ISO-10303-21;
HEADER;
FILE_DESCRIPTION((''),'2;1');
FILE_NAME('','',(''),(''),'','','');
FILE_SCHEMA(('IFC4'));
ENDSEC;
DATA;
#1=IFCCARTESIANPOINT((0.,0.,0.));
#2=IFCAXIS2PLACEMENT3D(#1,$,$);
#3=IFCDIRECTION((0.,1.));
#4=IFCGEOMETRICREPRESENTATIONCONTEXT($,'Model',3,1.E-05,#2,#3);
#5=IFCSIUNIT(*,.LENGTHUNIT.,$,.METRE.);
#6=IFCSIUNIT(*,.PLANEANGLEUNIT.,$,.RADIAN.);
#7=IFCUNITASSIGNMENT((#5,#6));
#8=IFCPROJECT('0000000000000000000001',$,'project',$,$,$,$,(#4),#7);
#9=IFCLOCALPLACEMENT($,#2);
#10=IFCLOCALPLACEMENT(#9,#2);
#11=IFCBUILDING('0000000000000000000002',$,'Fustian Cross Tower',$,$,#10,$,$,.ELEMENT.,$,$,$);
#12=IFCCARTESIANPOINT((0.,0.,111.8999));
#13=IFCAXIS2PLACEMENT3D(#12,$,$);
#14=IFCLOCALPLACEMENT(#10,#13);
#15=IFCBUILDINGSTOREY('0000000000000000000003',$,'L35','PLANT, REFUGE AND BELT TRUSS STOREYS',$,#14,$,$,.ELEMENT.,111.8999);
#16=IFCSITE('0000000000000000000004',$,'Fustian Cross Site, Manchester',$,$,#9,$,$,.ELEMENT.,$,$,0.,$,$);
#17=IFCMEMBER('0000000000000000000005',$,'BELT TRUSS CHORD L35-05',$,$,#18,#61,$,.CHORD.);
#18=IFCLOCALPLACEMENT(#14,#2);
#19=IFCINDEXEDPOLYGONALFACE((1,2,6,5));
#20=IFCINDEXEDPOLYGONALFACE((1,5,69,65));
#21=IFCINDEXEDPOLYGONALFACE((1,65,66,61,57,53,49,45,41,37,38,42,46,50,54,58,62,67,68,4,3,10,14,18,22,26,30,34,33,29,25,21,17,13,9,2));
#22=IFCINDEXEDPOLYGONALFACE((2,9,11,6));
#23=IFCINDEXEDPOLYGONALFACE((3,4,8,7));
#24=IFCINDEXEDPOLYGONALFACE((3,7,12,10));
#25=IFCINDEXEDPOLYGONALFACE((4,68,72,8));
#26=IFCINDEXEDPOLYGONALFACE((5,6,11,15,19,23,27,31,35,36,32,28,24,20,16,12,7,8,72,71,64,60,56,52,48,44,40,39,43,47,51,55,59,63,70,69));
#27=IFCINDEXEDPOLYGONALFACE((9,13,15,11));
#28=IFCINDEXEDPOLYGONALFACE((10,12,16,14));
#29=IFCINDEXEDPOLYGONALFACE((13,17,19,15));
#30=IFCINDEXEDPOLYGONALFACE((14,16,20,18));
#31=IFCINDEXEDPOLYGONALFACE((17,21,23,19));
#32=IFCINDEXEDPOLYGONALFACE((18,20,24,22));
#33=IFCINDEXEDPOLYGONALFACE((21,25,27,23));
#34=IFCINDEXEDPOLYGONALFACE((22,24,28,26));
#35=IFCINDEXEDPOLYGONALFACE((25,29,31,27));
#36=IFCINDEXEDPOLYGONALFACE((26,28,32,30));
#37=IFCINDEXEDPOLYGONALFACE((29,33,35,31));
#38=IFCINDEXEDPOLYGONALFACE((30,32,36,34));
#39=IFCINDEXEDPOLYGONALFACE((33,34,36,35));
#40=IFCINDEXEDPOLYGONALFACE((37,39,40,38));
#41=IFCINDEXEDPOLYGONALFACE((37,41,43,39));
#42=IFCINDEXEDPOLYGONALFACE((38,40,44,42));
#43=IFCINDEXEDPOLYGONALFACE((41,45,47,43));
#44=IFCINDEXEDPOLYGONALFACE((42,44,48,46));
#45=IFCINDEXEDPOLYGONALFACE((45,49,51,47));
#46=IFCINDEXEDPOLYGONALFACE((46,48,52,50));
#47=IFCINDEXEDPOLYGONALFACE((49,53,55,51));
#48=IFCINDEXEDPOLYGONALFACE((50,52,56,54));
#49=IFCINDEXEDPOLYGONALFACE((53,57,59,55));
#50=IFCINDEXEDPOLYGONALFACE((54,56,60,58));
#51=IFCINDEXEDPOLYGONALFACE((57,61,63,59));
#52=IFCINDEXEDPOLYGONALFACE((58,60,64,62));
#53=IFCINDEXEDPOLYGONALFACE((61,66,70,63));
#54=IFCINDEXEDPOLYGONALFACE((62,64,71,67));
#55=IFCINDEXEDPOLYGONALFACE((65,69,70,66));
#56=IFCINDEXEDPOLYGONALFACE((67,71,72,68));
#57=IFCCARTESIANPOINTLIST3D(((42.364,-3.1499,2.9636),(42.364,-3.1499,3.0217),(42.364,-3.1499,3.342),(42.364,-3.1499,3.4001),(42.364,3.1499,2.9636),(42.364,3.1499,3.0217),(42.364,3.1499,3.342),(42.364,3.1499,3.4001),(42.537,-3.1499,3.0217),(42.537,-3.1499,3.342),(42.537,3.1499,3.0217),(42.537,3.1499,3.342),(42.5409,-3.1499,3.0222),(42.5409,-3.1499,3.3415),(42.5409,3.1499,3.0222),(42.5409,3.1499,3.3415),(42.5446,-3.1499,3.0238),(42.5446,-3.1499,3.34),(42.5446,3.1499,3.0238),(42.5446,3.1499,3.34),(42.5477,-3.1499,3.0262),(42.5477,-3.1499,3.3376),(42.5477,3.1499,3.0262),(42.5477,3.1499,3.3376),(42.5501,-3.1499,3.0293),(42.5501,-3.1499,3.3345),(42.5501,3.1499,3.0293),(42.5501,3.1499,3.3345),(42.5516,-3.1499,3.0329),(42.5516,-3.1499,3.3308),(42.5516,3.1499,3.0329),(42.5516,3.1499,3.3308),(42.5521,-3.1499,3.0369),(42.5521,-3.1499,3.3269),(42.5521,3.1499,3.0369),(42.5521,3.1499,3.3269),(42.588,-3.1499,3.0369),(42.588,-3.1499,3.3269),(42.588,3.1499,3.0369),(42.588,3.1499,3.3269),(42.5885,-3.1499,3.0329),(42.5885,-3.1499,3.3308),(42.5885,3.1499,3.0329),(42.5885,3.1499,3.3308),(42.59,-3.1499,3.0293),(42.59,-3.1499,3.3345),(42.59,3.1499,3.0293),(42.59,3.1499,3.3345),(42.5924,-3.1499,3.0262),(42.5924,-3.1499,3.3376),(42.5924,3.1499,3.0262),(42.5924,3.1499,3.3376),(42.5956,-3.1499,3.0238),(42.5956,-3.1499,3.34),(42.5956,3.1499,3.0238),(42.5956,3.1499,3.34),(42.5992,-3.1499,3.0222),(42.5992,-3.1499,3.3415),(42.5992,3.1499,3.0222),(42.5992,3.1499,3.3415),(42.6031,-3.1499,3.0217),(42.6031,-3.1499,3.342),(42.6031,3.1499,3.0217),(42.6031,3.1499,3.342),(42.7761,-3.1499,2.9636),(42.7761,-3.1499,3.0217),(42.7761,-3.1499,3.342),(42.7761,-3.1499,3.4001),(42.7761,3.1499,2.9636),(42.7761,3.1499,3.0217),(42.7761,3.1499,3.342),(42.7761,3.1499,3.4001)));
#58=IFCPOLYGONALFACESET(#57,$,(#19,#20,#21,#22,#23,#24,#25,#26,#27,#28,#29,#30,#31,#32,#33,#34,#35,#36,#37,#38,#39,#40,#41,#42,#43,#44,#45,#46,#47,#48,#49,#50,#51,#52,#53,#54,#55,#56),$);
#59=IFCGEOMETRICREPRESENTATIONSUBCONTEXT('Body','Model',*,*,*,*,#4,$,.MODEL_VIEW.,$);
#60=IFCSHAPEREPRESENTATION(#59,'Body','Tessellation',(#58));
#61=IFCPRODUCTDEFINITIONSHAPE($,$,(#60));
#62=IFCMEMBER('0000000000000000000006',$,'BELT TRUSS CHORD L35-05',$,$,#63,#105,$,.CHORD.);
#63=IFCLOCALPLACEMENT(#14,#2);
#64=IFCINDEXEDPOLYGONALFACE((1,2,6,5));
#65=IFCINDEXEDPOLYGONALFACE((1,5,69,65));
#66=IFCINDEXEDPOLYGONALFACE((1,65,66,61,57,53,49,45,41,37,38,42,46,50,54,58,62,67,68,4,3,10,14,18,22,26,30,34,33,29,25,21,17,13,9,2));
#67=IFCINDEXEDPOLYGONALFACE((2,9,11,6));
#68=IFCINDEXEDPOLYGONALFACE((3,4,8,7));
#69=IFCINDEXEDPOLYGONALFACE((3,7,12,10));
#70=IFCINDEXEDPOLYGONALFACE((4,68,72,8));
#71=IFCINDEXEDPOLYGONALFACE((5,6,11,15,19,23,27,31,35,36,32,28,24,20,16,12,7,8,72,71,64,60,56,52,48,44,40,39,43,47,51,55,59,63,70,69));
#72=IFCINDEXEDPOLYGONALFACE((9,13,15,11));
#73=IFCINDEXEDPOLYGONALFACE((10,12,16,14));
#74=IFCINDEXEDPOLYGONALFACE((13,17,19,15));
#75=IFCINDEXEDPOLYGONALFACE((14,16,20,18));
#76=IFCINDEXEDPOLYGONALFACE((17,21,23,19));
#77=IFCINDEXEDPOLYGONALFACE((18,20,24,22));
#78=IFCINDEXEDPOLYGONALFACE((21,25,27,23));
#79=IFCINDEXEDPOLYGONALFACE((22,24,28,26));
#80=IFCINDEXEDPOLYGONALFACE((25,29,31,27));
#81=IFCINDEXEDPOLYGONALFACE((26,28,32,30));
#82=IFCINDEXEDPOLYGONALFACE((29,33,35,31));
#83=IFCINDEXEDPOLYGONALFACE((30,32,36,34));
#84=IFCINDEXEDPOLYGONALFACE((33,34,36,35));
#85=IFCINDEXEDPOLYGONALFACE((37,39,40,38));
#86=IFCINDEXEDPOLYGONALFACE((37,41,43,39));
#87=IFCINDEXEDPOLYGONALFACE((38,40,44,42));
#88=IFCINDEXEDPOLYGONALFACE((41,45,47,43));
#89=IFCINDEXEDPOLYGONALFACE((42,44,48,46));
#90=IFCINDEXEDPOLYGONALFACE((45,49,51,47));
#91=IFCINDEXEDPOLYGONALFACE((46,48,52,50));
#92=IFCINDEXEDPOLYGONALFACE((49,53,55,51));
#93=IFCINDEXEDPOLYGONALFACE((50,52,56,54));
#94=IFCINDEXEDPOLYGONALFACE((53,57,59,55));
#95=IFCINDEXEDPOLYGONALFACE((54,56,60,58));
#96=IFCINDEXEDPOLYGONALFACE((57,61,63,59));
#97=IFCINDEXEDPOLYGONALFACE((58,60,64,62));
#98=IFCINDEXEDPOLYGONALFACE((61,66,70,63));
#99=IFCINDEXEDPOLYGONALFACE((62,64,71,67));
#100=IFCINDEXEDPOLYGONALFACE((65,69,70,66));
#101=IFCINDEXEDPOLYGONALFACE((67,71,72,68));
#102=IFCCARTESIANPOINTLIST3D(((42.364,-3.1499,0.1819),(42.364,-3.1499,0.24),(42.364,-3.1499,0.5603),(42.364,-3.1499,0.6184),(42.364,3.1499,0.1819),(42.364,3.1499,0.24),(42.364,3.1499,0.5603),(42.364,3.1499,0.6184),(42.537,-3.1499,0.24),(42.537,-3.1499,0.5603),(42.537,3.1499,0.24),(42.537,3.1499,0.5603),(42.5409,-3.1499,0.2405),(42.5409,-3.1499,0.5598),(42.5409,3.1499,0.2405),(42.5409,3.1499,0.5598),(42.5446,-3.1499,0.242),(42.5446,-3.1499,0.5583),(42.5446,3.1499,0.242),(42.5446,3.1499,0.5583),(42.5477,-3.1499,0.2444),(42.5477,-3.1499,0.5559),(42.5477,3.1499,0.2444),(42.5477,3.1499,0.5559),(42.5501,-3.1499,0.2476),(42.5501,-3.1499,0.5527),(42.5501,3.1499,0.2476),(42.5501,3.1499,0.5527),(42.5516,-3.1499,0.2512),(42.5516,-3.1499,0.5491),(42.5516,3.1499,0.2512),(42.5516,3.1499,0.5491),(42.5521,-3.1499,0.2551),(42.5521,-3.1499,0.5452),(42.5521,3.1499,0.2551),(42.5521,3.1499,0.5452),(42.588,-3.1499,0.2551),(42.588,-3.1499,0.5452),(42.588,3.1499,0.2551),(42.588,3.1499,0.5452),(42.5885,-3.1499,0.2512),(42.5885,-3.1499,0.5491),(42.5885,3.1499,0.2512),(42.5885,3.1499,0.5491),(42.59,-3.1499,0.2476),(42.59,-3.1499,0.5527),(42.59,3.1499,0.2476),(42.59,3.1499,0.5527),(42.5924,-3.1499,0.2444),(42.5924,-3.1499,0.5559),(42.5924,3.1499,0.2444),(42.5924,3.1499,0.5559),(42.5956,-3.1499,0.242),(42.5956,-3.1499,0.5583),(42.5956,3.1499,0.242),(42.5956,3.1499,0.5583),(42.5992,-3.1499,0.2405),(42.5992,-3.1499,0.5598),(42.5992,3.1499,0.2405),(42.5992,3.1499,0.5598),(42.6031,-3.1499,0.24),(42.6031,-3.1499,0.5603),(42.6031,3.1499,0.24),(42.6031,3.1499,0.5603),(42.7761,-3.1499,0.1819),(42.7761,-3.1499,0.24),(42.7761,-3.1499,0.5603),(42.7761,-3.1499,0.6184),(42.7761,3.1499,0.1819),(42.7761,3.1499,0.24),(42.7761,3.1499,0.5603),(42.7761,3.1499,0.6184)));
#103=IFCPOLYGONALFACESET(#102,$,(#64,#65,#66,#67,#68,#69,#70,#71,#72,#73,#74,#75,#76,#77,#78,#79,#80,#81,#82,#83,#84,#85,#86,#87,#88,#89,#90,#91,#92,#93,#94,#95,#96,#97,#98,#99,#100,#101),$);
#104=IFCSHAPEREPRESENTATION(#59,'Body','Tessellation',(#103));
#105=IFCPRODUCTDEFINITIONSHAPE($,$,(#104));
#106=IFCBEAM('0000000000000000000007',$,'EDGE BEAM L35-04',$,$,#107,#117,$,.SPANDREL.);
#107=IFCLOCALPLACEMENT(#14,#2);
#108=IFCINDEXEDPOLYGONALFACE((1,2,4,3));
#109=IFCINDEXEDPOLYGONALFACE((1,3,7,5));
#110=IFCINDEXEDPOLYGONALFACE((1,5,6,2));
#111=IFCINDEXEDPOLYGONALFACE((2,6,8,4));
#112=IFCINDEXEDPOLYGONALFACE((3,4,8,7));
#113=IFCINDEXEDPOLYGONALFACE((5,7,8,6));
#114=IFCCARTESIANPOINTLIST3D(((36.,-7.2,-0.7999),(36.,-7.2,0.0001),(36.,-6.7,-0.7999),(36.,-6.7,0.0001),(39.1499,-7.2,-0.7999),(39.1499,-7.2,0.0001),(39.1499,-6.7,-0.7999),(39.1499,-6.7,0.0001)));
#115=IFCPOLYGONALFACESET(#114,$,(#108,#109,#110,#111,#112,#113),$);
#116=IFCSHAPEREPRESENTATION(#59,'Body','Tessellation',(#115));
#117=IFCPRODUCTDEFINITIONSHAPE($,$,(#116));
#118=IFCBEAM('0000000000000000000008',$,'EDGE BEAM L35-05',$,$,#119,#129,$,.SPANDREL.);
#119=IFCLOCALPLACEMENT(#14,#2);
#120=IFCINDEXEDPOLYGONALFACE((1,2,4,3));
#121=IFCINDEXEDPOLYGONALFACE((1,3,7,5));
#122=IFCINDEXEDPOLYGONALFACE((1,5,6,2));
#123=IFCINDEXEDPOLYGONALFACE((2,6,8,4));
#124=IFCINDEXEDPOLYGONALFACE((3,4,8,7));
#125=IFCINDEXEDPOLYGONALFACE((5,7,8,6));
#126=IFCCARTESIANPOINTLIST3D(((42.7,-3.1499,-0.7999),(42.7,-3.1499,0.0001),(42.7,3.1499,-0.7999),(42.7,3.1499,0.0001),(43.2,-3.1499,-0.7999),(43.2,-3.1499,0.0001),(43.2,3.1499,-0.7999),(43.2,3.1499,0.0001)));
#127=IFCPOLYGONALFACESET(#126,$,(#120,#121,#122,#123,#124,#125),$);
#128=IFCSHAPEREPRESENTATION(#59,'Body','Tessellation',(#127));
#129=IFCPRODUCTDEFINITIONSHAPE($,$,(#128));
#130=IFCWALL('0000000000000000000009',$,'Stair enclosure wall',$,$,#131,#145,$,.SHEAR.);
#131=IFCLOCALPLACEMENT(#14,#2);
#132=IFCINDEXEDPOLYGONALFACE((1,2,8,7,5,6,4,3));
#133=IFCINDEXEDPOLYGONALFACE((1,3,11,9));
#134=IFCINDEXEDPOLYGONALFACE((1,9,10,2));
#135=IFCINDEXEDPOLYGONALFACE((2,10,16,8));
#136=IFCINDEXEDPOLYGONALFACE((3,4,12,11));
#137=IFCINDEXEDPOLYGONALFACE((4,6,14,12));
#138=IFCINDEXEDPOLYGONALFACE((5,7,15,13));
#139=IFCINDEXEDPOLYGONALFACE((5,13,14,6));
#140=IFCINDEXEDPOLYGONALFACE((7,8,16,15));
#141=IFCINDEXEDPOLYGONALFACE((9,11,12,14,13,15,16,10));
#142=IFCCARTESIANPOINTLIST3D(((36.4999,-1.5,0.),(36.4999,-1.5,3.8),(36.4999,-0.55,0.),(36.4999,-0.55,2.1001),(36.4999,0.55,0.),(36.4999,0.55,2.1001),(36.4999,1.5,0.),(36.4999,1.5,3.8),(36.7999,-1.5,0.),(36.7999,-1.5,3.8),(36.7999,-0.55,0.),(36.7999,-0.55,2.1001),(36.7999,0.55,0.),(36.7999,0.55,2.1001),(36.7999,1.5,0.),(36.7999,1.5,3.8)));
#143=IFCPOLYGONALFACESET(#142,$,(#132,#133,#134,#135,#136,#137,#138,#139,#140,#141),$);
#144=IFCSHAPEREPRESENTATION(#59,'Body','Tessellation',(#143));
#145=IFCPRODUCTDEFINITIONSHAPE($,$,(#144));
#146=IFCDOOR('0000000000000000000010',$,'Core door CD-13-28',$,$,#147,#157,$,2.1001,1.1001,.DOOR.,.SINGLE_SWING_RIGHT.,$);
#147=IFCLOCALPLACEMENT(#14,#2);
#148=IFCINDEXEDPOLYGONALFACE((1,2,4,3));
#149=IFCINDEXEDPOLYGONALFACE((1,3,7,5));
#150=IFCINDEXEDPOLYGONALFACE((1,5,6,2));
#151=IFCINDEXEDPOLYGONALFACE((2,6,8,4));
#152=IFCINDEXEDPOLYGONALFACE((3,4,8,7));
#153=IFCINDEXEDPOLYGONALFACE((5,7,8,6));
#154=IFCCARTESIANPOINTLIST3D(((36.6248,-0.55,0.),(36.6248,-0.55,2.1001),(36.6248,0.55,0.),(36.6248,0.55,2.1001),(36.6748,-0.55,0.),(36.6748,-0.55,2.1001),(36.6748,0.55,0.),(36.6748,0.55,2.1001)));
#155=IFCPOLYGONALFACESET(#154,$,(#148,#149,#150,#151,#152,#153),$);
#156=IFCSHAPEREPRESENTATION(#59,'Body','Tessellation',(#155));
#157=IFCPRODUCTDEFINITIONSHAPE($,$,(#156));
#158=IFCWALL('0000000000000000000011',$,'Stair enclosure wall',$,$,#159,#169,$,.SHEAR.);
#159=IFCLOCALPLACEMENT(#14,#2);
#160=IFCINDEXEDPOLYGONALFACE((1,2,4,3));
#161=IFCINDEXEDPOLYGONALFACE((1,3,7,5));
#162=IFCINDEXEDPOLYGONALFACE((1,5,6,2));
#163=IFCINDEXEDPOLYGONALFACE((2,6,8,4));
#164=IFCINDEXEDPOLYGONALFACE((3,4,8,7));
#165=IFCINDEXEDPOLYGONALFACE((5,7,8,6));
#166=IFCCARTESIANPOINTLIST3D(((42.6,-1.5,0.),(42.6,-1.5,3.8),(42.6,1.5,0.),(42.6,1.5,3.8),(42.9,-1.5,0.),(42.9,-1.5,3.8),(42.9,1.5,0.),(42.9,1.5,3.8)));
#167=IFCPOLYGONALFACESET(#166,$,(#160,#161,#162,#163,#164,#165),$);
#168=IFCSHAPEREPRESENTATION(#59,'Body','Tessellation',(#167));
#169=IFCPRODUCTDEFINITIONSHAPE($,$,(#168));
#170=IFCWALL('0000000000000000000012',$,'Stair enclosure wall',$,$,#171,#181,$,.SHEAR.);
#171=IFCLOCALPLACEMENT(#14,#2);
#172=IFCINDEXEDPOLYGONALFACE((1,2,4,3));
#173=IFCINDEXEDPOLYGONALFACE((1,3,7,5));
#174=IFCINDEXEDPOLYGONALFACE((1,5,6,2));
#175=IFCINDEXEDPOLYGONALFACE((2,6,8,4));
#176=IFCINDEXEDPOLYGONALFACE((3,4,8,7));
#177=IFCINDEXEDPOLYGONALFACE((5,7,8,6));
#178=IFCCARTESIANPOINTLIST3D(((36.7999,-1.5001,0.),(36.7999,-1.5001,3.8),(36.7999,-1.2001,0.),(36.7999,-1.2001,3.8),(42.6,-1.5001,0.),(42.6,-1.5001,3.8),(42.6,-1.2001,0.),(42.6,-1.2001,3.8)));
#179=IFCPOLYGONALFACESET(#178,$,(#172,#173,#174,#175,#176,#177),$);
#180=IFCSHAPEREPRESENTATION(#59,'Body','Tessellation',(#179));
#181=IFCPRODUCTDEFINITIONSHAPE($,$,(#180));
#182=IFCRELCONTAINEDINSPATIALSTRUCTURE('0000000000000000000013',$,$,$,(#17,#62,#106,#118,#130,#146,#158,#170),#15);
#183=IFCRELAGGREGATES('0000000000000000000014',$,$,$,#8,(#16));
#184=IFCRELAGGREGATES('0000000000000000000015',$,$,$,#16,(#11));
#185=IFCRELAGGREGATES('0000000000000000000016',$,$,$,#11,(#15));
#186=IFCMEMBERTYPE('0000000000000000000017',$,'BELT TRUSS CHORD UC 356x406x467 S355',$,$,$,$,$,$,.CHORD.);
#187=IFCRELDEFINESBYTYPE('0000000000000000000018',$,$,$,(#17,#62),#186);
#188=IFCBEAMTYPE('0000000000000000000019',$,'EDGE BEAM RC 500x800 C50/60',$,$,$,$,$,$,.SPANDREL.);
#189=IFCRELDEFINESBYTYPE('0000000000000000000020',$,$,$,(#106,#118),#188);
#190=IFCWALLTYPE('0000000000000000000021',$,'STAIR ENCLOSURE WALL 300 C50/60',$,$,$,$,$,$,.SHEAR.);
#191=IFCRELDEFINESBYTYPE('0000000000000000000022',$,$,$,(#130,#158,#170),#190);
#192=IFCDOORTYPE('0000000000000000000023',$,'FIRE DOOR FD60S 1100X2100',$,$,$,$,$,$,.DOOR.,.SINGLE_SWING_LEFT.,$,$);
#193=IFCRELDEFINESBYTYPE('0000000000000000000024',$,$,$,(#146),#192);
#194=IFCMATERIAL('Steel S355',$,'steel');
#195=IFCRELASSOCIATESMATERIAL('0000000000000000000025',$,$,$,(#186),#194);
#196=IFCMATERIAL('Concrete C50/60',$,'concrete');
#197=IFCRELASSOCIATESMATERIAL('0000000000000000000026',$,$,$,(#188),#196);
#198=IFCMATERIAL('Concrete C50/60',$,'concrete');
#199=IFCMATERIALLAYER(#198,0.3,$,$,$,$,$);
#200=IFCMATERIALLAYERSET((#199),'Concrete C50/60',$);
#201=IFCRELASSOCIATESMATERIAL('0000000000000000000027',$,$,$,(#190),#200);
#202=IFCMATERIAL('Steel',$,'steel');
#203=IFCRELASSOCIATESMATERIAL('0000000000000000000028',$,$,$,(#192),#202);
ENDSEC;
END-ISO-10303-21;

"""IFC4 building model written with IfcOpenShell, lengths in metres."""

from ifc_helpers import new_model, si_unit, direction, frame, frame_2d, origin, origin_2d, place, context, subcontext, project, spatial, rectangle, i_section, extrude, material, layer, layer_set, material_profile, profile_set, type_object, element, fill, save


model = new_model("IFC4")

# Units and contexts
model_context = context("Model", 3, precision=1e-05, world=origin(), true_north=direction((0.0, 1.0)))
body_context = subcontext(model_context, "Body", "Model", "MODEL_VIEW")
ifc_project = project(units=[si_unit("LENGTHUNIT", "METRE"), si_unit("PLANEANGLEUNIT", "RADIAN")], contexts=[model_context])

# Site, building, storey
site_placement = place(None, origin())
site = spatial("IfcSite", under=ifc_project, at=site_placement, Name="Fustian Cross Site, Manchester", CompositionType="ELEMENT", RefElevation=0.0)
building_placement = place(site_placement, origin())
building = spatial("IfcBuilding", under=site, at=building_placement, Name="Fustian Cross Tower", CompositionType="ELEMENT")
storey_placement = place(building_placement, frame((0.0, 0.0, 111.8999)))
storey = spatial("IfcBuildingStorey", under=building, at=storey_placement, Name="L35", Description="PLANT, REFUGE AND BELT TRUSS STOREYS", CompositionType="ELEMENT", Elevation=111.8999)

# Members
ifc_material_1 = material(Name="Steel S355", Category="steel")
ifc_material_profile_1 = material_profile(ifc_material_1, i_section(OverallWidth=0.4121, OverallDepth=0.4365, WebThickness=0.0359, FlangeThickness=0.0581, FilletRadius=0.0151, at=origin_2d()), Name="UC 356x406x467")
ifc_profile_set_1 = profile_set([ifc_material_profile_1], Name="Steel S355")
member_type_1 = type_object("IfcMemberType", Name="BELT TRUSS CHORD UC 356x406x467 S355", PredefinedType="CHORD", material=ifc_profile_set_1)
for number, where, z_axis, x_axis, name in (
    (1, (42.5701, -3.1499, 3.1819), (0.0, 1.0, 0.0), (-1.0, 0.0, 0.0), "BELT TRUSS CHORD L35-05"),
    (2, (42.5701, -3.1499, 0.4001), (0.0, 1.0, 0.0), (-1.0, 0.0, 0.0), "BELT TRUSS CHORD L35-05"),
):
    element("IfcMember", number, at=place(storey_placement, frame(where, z_axis=z_axis, x_axis=x_axis)), inside=storey, type_object=member_type_1, Name=name, PredefinedType="CHORD", context=body_context, shape_type="SweptSolid", body=[
        extrude(i_section(OverallWidth=0.4121, OverallDepth=0.4365, WebThickness=0.0359, FlangeThickness=0.0581, FilletRadius=0.0151, at=origin_2d()), origin(), (0.0, 0.0, 1.0), 6.2998),
    ])

# Beams
ifc_material_2 = material(Name="Concrete C50/60", Category="concrete")
ifc_material_profile_2 = material_profile(ifc_material_2, rectangle(XDim=0.5, YDim=0.8, at=origin_2d()), Name="RC 500x800")
ifc_profile_set_2 = profile_set([ifc_material_profile_2], Name="Concrete C50/60")
beam_type = type_object("IfcBeamType", Name="EDGE BEAM RC 500x800 C50/60", PredefinedType="SPANDREL", material=ifc_profile_set_2)
beam_1_placement = place(storey_placement, frame((36.0, -6.95, -0.3999), z_axis=(1.0, 0.0, 0.0), x_axis=(0.0, 1.0, 0.0)))
element("IfcBeam", 3, at=beam_1_placement, inside=storey, type_object=beam_type, Name="EDGE BEAM L35-04", PredefinedType="SPANDREL", context=body_context, shape_type="SweptSolid", body=[
    extrude(rectangle(XDim=0.5, YDim=0.8, at=origin_2d()), origin(), (0.0, 0.0, 1.0), 3.1499),
])
beam_2_placement = place(storey_placement, frame((42.95, -3.1499, -0.3999), z_axis=(0.0, 1.0, 0.0), x_axis=(-1.0, 0.0, 0.0)))
element("IfcBeam", 4, at=beam_2_placement, inside=storey, type_object=beam_type, Name="EDGE BEAM L35-05", PredefinedType="SPANDREL", context=body_context, shape_type="SweptSolid", body=[
    extrude(rectangle(XDim=0.5, YDim=0.8, at=origin_2d()), origin(), (0.0, 0.0, 1.0), 6.2998),
])

# Wall, opening, door
ifc_material_3 = material(Name="Concrete C50/60", Category="concrete")
ifc_layer_1 = layer(ifc_material_3, 0.3)
ifc_layer_set_1 = layer_set([ifc_layer_1], Name="Concrete C50/60")
wall_type_1 = type_object("IfcWallType", Name="STAIR ENCLOSURE WALL 300 C50/60", PredefinedType="SHEAR", material=ifc_layer_set_1)
wall_1_placement = place(storey_placement, frame((36.6499, -1.5, 0.0), z_axis=(0.0, 0.0, 1.0), x_axis=(0.0, 1.0, 0.0)))
wall_1 = element("IfcWall", 5, at=wall_1_placement, inside=storey, type_object=wall_type_1, Name="Stair enclosure wall", PredefinedType="SHEAR", context=body_context, shape_type="SweptSolid", body=[
    extrude(rectangle(XDim=3.0, YDim=0.3, at=frame_2d((1.5, 0.0))), origin(), (0.0, 0.0, 1.0), 3.8),
])
opening_placement = place(wall_1_placement, frame((0.95, 0.0, 0.0)))
opening = element("IfcOpeningElement", 6, at=opening_placement, cuts=wall_1, PredefinedType="OPENING", context=body_context, shape_type="SweptSolid", body=[
    extrude(rectangle(XDim=1.1001, YDim=2.1001, at=frame_2d((0.55, 1.05))), frame((0.0, 0.1599, 0.0), z_axis=(0.0, -1.0, 0.0), x_axis=(1.0, 0.0, 0.0)), (0.0, 0.0, 1.0), 0.3201),
])
ifc_material_4 = material(Name="Steel", Category="steel")
door_type = type_object("IfcDoorType", Name="FIRE DOOR FD60S 1100X2100", OperationType="SINGLE_SWING_LEFT", PredefinedType="DOOR", material=ifc_material_4)
door_placement = place(opening_placement, frame((1.1001, 0.0, 0.0), z_axis=(0.0, 0.0, 1.0), x_axis=(-1.0, 0.0, 0.0)))
door = element("IfcDoor", 7, at=door_placement, inside=storey, type_object=door_type, Name="Core door CD-13-28", OperationType="SINGLE_SWING_RIGHT", OverallHeight=2.1001, OverallWidth=1.1001, PredefinedType="DOOR", context=body_context, shape_type="SweptSolid", body=[
    extrude(rectangle(XDim=1.1001, YDim=2.1001, at=frame_2d((0.55, 1.05))), frame((0.0, 0.0249, 0.0), z_axis=(0.0, -1.0, 0.0), x_axis=(1.0, 0.0, 0.0)), (0.0, 0.0, 1.0), 0.05),
])
fill(opening, door)

# Walls
wall_2_placement = place(storey_placement, frame((42.75, -1.5, 0.0), z_axis=(0.0, 0.0, 1.0), x_axis=(0.0, 1.0, 0.0)))
element("IfcWall", 8, at=wall_2_placement, inside=storey, type_object=wall_type_1, Name="Stair enclosure wall", PredefinedType="SHEAR", context=body_context, shape_type="SweptSolid", body=[
    extrude(rectangle(XDim=3.0, YDim=0.3, at=frame_2d((1.5, 0.0))), origin(), (0.0, 0.0, 1.0), 3.8),
])
wall_3_placement = place(storey_placement, frame((36.8, -1.3501, 0.0), z_axis=(0.0, 0.0, 1.0), x_axis=(1.0, 0.0, 0.0)))
element("IfcWall", 9, at=wall_3_placement, inside=storey, type_object=wall_type_1, Name="Stair enclosure wall", PredefinedType="SHEAR", context=body_context, shape_type="SweptSolid", body=[
    extrude(rectangle(XDim=5.8, YDim=0.3, at=frame_2d((2.8999, 0.0))), origin(), (0.0, 0.0, 1.0), 3.8),
])

save(model, "model.ifc")
